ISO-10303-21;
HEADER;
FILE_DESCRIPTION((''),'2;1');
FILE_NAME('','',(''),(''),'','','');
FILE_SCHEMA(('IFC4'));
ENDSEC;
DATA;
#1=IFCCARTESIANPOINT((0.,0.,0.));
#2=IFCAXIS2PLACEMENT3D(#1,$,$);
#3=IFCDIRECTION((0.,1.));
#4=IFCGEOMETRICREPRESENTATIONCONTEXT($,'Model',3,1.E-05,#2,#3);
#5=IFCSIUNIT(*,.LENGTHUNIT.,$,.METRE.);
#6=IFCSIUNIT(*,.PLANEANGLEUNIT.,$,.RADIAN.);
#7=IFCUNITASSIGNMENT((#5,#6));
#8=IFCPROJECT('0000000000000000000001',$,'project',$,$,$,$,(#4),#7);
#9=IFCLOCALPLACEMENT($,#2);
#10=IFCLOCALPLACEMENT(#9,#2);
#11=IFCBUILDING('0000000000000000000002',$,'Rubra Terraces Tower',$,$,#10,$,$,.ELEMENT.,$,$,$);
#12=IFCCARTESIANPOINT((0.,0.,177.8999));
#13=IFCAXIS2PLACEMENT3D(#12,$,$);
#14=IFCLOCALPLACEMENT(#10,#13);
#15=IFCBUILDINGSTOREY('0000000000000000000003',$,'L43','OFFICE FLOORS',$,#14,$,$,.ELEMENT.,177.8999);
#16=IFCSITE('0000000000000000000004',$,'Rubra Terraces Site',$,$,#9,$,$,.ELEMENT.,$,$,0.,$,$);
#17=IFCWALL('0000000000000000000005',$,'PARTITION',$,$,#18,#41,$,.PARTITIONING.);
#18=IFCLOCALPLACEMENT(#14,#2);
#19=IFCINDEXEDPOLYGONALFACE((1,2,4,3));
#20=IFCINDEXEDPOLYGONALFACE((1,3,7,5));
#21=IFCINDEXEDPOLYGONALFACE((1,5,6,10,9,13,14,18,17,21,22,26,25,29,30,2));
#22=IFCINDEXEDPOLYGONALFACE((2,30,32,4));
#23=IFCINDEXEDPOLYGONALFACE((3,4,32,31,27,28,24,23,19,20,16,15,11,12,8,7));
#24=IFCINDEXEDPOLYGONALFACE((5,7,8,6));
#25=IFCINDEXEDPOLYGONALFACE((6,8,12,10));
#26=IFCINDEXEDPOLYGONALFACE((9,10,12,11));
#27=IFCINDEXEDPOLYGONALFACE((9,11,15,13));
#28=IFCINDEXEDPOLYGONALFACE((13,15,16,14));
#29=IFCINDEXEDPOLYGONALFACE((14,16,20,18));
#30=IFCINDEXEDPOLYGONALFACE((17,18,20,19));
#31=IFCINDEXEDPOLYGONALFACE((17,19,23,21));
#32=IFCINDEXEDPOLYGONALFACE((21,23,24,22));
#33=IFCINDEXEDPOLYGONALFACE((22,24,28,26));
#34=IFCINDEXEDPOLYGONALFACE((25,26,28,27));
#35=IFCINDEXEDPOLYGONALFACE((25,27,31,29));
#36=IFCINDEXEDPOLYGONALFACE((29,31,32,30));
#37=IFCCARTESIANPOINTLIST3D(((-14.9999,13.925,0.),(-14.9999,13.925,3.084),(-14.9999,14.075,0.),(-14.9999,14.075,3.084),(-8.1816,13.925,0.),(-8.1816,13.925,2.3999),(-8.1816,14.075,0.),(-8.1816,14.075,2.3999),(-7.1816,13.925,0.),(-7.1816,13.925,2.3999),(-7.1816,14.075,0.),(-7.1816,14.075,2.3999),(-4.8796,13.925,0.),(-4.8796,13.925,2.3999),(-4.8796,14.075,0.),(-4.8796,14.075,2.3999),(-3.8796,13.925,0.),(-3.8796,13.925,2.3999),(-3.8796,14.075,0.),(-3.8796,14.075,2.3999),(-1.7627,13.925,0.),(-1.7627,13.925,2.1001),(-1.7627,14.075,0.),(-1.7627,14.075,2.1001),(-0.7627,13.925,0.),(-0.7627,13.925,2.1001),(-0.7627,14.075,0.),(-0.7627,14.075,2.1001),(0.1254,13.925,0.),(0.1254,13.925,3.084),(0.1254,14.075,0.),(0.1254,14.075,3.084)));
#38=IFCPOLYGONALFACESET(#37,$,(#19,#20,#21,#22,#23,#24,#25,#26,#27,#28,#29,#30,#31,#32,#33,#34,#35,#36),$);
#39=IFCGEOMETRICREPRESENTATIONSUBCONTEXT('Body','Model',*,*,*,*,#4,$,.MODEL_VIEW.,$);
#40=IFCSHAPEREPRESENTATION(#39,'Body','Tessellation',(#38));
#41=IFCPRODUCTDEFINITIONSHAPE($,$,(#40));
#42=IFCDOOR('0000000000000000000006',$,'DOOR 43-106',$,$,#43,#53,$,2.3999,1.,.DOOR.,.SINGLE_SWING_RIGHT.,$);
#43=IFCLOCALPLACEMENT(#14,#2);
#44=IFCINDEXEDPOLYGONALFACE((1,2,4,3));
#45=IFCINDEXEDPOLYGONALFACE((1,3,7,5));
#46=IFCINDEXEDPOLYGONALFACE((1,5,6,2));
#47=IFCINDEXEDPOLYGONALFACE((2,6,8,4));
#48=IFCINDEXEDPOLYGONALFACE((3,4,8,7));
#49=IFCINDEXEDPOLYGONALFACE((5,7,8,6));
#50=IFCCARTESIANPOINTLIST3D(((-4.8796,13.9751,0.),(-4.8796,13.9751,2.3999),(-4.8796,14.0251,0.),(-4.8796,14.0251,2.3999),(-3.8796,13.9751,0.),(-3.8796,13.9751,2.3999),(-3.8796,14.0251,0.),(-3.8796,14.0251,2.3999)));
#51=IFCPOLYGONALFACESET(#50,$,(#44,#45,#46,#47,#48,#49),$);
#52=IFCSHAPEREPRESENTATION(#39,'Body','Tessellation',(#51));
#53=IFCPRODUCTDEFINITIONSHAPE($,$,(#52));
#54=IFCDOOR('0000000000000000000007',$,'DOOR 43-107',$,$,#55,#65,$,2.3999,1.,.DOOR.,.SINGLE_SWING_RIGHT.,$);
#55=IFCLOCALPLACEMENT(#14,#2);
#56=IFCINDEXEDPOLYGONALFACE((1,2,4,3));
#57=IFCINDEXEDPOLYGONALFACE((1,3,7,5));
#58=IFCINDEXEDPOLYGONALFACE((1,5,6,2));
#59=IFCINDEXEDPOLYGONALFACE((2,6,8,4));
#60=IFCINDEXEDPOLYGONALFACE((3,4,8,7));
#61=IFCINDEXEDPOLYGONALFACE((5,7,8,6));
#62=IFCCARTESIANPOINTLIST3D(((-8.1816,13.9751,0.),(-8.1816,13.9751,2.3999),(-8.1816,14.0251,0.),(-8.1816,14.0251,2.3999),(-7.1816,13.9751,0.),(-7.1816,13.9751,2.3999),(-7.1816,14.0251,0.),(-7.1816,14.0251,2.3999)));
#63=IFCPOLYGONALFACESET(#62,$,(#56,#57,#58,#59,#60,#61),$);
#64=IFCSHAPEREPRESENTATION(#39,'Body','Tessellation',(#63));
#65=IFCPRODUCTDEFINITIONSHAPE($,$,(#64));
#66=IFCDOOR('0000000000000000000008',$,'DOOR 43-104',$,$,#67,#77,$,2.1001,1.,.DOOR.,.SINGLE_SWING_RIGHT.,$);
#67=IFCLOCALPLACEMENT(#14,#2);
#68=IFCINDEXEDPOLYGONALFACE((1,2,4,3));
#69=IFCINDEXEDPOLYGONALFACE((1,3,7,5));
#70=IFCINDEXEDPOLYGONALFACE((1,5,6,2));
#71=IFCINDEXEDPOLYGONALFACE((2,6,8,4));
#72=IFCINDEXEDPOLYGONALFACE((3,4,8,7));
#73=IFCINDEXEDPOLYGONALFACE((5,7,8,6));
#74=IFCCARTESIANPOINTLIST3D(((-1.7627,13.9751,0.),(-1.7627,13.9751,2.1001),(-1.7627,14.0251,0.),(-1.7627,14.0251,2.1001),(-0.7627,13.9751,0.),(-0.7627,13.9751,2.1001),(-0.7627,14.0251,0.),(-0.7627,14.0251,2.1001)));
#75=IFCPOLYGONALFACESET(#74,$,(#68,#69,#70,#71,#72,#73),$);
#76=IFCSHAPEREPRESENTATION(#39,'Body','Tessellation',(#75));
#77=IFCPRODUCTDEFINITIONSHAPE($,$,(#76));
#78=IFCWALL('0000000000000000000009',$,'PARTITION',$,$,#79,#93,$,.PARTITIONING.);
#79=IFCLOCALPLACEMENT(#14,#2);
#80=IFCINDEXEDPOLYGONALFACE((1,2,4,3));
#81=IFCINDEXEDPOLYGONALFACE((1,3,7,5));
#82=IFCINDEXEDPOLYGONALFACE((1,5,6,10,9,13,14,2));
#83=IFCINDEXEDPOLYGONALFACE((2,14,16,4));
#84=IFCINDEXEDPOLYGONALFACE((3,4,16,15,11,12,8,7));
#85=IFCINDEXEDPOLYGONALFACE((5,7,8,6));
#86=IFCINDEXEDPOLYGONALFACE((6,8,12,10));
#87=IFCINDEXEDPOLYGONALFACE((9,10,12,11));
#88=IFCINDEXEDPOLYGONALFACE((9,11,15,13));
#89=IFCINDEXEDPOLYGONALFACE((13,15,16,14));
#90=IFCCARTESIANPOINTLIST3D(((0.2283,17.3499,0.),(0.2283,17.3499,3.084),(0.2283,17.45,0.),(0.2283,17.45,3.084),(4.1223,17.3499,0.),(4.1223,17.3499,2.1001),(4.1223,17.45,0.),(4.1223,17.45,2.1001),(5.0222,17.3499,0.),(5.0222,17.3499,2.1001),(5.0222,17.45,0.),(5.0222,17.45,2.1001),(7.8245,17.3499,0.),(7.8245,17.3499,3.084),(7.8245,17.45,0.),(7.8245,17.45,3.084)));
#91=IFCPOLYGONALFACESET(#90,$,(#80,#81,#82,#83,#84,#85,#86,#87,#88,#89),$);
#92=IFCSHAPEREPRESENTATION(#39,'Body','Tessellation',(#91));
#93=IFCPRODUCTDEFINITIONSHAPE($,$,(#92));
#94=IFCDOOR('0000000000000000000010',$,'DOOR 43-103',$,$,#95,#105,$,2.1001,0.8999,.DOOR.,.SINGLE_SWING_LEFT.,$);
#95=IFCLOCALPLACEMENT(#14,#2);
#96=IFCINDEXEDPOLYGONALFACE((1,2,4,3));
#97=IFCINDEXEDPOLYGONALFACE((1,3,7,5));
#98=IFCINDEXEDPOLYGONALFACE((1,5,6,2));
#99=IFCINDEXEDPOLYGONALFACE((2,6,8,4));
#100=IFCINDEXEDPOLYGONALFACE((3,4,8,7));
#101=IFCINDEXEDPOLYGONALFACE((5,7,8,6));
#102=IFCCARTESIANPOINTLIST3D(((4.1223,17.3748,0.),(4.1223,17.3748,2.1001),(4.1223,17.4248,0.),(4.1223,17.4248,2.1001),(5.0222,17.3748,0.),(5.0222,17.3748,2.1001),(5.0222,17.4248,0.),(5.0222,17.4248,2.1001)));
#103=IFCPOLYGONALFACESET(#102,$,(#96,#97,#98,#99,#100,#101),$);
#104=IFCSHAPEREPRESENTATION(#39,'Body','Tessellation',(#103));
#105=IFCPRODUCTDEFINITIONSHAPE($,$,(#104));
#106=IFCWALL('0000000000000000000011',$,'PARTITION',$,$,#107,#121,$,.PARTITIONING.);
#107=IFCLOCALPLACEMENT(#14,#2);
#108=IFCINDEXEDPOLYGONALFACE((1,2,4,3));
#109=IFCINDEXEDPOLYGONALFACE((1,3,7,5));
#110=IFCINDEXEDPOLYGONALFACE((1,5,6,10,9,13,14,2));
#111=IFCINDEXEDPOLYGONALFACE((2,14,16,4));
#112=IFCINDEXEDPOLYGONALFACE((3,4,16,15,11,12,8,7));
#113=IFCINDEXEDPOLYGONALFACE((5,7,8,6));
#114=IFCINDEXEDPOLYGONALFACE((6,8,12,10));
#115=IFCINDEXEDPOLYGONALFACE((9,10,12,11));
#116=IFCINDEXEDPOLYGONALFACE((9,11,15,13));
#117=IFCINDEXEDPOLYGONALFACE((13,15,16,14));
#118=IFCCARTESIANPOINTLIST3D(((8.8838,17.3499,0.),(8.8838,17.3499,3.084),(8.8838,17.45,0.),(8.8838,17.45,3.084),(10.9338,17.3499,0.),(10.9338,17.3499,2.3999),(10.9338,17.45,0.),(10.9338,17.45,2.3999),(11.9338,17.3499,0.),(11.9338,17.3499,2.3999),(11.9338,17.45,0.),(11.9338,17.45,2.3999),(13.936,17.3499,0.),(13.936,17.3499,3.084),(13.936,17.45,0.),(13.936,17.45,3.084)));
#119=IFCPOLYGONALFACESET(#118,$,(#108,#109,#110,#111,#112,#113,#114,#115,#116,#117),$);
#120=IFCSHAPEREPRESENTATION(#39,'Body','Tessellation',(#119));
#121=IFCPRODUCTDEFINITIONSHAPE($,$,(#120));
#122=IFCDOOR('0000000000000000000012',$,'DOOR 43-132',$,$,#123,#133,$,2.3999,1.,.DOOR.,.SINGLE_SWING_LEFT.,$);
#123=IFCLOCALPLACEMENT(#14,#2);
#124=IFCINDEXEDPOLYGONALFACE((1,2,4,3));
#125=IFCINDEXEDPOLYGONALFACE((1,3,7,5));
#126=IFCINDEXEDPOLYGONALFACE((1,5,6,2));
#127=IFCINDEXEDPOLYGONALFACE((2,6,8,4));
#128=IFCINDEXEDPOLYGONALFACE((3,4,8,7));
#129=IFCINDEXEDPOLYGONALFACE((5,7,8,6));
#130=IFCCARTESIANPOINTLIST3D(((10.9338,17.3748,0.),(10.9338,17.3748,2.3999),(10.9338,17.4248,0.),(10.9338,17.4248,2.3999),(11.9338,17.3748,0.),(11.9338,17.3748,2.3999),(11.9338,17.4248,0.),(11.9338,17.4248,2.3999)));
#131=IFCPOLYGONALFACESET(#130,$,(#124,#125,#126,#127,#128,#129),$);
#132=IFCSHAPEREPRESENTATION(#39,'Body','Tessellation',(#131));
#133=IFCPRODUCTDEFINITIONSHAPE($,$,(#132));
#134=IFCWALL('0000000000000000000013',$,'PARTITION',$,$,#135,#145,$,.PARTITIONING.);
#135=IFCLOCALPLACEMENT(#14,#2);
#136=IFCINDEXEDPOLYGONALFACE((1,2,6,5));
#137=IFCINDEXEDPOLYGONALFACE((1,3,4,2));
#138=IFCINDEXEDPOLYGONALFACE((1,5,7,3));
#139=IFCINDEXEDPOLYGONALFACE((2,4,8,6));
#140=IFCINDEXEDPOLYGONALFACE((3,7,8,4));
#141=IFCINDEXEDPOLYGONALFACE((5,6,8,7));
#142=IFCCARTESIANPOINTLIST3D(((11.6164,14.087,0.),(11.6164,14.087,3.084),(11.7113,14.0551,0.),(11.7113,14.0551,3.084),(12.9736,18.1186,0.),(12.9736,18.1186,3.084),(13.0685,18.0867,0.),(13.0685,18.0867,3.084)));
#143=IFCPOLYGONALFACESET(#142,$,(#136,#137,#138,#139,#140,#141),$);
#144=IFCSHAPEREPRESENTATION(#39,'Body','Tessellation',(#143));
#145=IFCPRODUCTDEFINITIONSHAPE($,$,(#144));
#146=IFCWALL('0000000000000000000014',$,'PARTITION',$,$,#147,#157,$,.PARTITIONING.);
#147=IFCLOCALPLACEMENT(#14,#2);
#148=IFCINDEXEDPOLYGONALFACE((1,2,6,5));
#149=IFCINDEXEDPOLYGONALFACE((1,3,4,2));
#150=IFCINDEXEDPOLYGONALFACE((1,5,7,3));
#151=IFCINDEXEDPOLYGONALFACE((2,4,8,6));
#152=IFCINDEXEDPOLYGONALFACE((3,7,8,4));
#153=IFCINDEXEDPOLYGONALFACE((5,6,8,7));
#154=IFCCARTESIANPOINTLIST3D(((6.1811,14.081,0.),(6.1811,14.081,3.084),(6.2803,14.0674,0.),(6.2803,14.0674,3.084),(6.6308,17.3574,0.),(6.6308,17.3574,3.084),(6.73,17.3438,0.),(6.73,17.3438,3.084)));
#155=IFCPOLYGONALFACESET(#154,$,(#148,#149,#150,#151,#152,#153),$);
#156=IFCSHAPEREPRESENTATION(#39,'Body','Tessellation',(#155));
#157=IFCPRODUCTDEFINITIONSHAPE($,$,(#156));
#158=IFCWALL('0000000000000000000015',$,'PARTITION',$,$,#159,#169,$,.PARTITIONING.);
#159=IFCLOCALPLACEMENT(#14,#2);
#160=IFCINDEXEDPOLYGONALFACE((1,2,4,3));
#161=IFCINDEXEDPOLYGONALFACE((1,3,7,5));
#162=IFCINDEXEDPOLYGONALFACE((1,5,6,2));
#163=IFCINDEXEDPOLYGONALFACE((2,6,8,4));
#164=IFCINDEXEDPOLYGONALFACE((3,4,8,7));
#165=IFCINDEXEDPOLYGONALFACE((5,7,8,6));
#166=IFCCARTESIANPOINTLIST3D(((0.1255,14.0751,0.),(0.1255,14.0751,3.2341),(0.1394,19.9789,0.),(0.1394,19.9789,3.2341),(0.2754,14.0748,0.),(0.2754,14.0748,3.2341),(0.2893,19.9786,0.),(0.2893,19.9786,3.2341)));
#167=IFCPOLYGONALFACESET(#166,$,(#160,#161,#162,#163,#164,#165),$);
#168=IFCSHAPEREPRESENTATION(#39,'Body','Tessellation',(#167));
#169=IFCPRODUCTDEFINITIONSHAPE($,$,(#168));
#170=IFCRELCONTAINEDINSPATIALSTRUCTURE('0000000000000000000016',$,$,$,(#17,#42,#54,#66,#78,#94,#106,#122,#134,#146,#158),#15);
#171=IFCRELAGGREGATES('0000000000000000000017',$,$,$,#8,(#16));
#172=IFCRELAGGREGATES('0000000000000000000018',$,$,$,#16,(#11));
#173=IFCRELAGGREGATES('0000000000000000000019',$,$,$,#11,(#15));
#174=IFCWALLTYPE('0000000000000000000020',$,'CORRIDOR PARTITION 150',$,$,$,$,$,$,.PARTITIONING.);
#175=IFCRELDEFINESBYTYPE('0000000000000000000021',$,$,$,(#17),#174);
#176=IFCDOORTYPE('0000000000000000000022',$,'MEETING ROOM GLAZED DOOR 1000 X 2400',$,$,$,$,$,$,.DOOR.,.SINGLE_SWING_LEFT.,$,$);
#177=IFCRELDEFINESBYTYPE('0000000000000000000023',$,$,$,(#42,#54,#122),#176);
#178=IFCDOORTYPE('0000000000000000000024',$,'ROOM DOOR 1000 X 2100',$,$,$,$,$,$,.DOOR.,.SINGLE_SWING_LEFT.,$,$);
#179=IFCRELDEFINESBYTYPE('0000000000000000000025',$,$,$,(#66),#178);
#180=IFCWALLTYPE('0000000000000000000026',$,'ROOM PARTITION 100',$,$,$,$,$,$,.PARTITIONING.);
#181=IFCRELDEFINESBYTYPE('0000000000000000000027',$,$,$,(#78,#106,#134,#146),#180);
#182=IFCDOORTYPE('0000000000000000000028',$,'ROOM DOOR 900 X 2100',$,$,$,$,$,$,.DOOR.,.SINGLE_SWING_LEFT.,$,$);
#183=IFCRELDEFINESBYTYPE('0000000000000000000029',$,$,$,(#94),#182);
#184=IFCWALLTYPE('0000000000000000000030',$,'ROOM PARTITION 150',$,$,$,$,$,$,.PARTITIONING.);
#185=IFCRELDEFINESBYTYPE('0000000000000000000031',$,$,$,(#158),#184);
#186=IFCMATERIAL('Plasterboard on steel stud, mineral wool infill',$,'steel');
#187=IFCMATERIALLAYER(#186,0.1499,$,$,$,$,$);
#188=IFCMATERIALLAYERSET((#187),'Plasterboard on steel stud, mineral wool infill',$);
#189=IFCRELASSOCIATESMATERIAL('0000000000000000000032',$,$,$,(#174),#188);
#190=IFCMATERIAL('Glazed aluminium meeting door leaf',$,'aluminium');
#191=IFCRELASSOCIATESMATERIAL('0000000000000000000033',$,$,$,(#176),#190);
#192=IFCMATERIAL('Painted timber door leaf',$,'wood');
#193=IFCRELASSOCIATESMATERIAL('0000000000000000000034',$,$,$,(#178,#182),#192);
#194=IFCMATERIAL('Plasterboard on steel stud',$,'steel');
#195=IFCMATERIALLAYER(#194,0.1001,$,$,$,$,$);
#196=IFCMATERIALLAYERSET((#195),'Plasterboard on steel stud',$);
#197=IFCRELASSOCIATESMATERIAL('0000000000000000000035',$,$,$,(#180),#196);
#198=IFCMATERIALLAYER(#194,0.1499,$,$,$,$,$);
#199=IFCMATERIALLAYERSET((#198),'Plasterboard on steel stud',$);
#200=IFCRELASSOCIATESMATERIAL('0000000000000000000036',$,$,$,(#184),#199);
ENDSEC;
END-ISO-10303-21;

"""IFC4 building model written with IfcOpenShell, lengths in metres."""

from ifc_helpers import new_model, si_unit, direction, frame, frame_2d, origin, place, context, subcontext, project, spatial, rectangle, extrude, material, layer, layer_set, type_object, element, fill, save


model = new_model("IFC4")

# Units and contexts
model_context = context("Model", 3, precision=1e-05, world=origin(), true_north=direction((0.0, 1.0)))
body_context = subcontext(model_context, "Body", "Model", "MODEL_VIEW")
ifc_project = project(units=[si_unit("LENGTHUNIT", "METRE"), si_unit("PLANEANGLEUNIT", "RADIAN")], contexts=[model_context])

# Site, building, storey
site_placement = place(None, origin())
site = spatial("IfcSite", under=ifc_project, at=site_placement, Name="Rubra Terraces Site", CompositionType="ELEMENT", RefElevation=0.0)
building_placement = place(site_placement, origin())
building = spatial("IfcBuilding", under=site, at=building_placement, Name="Rubra Terraces Tower", CompositionType="ELEMENT")
storey_placement = place(building_placement, frame((0.0, 0.0, 177.8999)))
storey = spatial("IfcBuildingStorey", under=building, at=storey_placement, Name="L43", Description="OFFICE FLOORS", CompositionType="ELEMENT", Elevation=177.8999)

# Wall, openings, doors
ifc_material_1 = material(Name="Plasterboard on steel stud, mineral wool infill", Category="steel")
ifc_layer_1 = layer(ifc_material_1, 0.1499)
ifc_layer_set_1 = layer_set([ifc_layer_1], Name="Plasterboard on steel stud, mineral wool infill")
wall_type_1 = type_object("IfcWallType", Name="CORRIDOR PARTITION 150", PredefinedType="PARTITIONING", material=ifc_layer_set_1)
wall_1_placement = place(storey_placement, frame((0.1252, 14.0, 0.0), z_axis=(0.0, 0.0, 1.0), x_axis=(-1.0, 0.0, 0.0)))
wall_1 = element("IfcWall", 1, at=wall_1_placement, inside=storey, type_object=wall_type_1, Name="PARTITION", PredefinedType="PARTITIONING", context=body_context, shape_type="SweptSolid", body=[
    extrude(rectangle(XDim=15.1252, YDim=0.1499, at=frame_2d((7.5625, 0.0))), origin(), (0.0, 0.0, 1.0), 3.084),
])
opening_1_placement = place(wall_1_placement, frame((0.8879, 0.0, 0.0)))
opening_1 = element("IfcOpeningElement", 2, at=opening_1_placement, cuts=wall_1, PredefinedType="OPENING", context=body_context, shape_type="SweptSolid", body=[
    extrude(rectangle(XDim=1.0, YDim=2.1001, at=frame_2d((0.5, 1.05))), frame((0.0, 0.085, 0.0), z_axis=(0.0, -1.0, 0.0), x_axis=(1.0, 0.0, 0.0)), (0.0, 0.0, 1.0), 0.1699),
])
opening_2_placement = place(wall_1_placement, frame((4.0049, 0.0, 0.0)))
opening_2 = element("IfcOpeningElement", 3, at=opening_2_placement, cuts=wall_1, PredefinedType="OPENING", context=body_context, shape_type="SweptSolid", body=[
    extrude(rectangle(XDim=1.0, YDim=2.3999, at=frame_2d((0.5, 1.2))), frame((0.0, 0.085, 0.0), z_axis=(0.0, -1.0, 0.0), x_axis=(1.0, 0.0, 0.0)), (0.0, 0.0, 1.0), 0.1699),
])
opening_3_placement = place(wall_1_placement, frame((7.3069, 0.0, 0.0)))
opening_3 = element("IfcOpeningElement", 4, at=opening_3_placement, cuts=wall_1, PredefinedType="OPENING", context=body_context, shape_type="SweptSolid", body=[
    extrude(rectangle(XDim=1.0, YDim=2.3999, at=frame_2d((0.5, 1.2))), frame((0.0, 0.085, 0.0), z_axis=(0.0, -1.0, 0.0), x_axis=(1.0, 0.0, 0.0)), (0.0, 0.0, 1.0), 0.1699),
])
ifc_material_2 = material(Name="Glazed aluminium meeting door leaf", Category="aluminium")
door_type_1 = type_object("IfcDoorType", Name="MEETING ROOM GLAZED DOOR 1000 X 2400", OperationType="SINGLE_SWING_LEFT", PredefinedType="DOOR", material=ifc_material_2)
door_1_placement = place(opening_2_placement, origin())
door_1 = element("IfcDoor", 5, at=door_1_placement, inside=storey, type_object=door_type_1, Name="DOOR 43-106", OperationType="SINGLE_SWING_RIGHT", OverallHeight=2.3999, OverallWidth=1.0, PredefinedType="DOOR", context=body_context, shape_type="SweptSolid", body=[
    extrude(rectangle(XDim=1.0, YDim=2.3999, at=frame_2d((0.5, 1.2))), frame((0.0, 0.0249, 0.0), z_axis=(0.0, -1.0, 0.0), x_axis=(1.0, 0.0, 0.0)), (0.0, 0.0, 1.0), 0.05),
])
fill(opening_2, door_1)
door_2_placement = place(opening_3_placement, origin())
door_2 = element("IfcDoor", 6, at=door_2_placement, inside=storey, type_object=door_type_1, Name="DOOR 43-107", OperationType="SINGLE_SWING_RIGHT", OverallHeight=2.3999, OverallWidth=1.0, PredefinedType="DOOR", context=body_context, shape_type="SweptSolid", body=[
    extrude(rectangle(XDim=1.0, YDim=2.3999, at=frame_2d((0.5, 1.2))), frame((0.0, 0.0249, 0.0), z_axis=(0.0, -1.0, 0.0), x_axis=(1.0, 0.0, 0.0)), (0.0, 0.0, 1.0), 0.05),
])
fill(opening_3, door_2)
ifc_material_3 = material(Name="Painted timber door leaf", Category="wood")
door_type_2 = type_object("IfcDoorType", Name="ROOM DOOR 1000 X 2100", OperationType="SINGLE_SWING_LEFT", PredefinedType="DOOR", material=ifc_material_3)
door_3_placement = place(opening_1_placement, origin())
door_3 = element("IfcDoor", 7, at=door_3_placement, inside=storey, type_object=door_type_2, Name="DOOR 43-104", OperationType="SINGLE_SWING_RIGHT", OverallHeight=2.1001, OverallWidth=1.0, PredefinedType="DOOR", context=body_context, shape_type="SweptSolid", body=[
    extrude(rectangle(XDim=1.0, YDim=2.1001, at=frame_2d((0.5, 1.05))), frame((0.0, 0.0249, 0.0), z_axis=(0.0, -1.0, 0.0), x_axis=(1.0, 0.0, 0.0)), (0.0, 0.0, 1.0), 0.05),
])
fill(opening_1, door_3)

# Walls, openings, doors
ifc_material_4 = material(Name="Plasterboard on steel stud", Category="steel")
ifc_layer_2 = layer(ifc_material_4, 0.1001)
ifc_layer_set_2 = layer_set([ifc_layer_2], Name="Plasterboard on steel stud")
wall_type_2 = type_object("IfcWallType", Name="ROOM PARTITION 100", PredefinedType="PARTITIONING", material=ifc_layer_set_2)
wall_2_placement = place(storey_placement, frame((0.2283, 17.3999, 0.0), z_axis=(0.0, 0.0, 1.0), x_axis=(1.0, 0.0, 0.0)))
wall_2 = element("IfcWall", 8, at=wall_2_placement, inside=storey, type_object=wall_type_2, Name="PARTITION", PredefinedType="PARTITIONING", context=body_context, shape_type="SweptSolid", body=[
    extrude(rectangle(XDim=7.5962, YDim=0.1001, at=frame_2d((3.7981, 0.0))), origin(), (0.0, 0.0, 1.0), 3.084),
])
opening_4_placement = place(wall_2_placement, frame((3.894, 0.0, 0.0)))
opening_4 = element("IfcOpeningElement", 9, at=opening_4_placement, cuts=wall_2, PredefinedType="OPENING", context=body_context, shape_type="SweptSolid", body=[
    extrude(rectangle(XDim=0.8999, YDim=2.1001, at=frame_2d((0.45, 1.05))), frame((0.0, 0.0601, 0.0), z_axis=(0.0, -1.0, 0.0), x_axis=(1.0, 0.0, 0.0)), (0.0, 0.0, 1.0), 0.1201),
])
door_type_3 = type_object("IfcDoorType", Name="ROOM DOOR 900 X 2100", OperationType="SINGLE_SWING_LEFT", PredefinedType="DOOR", material=ifc_material_3)
door_4_placement = place(opening_4_placement, origin())
door_4 = element("IfcDoor", 10, at=door_4_placement, inside=storey, type_object=door_type_3, Name="DOOR 43-103", OperationType="SINGLE_SWING_LEFT", OverallHeight=2.1001, OverallWidth=0.8999, PredefinedType="DOOR", context=body_context, shape_type="SweptSolid", body=[
    extrude(rectangle(XDim=0.8999, YDim=2.1001, at=frame_2d((0.45, 1.05))), frame((0.0, 0.0249, 0.0), z_axis=(0.0, -1.0, 0.0), x_axis=(1.0, 0.0, 0.0)), (0.0, 0.0, 1.0), 0.05),
])
fill(opening_4, door_4)
wall_3_placement = place(storey_placement, frame((8.8838, 17.3999, 0.0), z_axis=(0.0, 0.0, 1.0), x_axis=(1.0, 0.0, 0.0)))
wall_3 = element("IfcWall", 11, at=wall_3_placement, inside=storey, type_object=wall_type_2, Name="PARTITION", PredefinedType="PARTITIONING", context=body_context, shape_type="SweptSolid", body=[
    extrude(rectangle(XDim=5.0522, YDim=0.1001, at=frame_2d((2.5261, 0.0))), origin(), (0.0, 0.0, 1.0), 3.084),
])
opening_5_placement = place(wall_3_placement, frame((2.05, 0.0, 0.0)))
opening_5 = element("IfcOpeningElement", 12, at=opening_5_placement, cuts=wall_3, PredefinedType="OPENING", context=body_context, shape_type="SweptSolid", body=[
    extrude(rectangle(XDim=1.0, YDim=2.3999, at=frame_2d((0.5, 1.2))), frame((0.0, 0.0601, 0.0), z_axis=(0.0, -1.0, 0.0), x_axis=(1.0, 0.0, 0.0)), (0.0, 0.0, 1.0), 0.1201),
])
door_5_placement = place(opening_5_placement, origin())
door_5 = element("IfcDoor", 13, at=door_5_placement, inside=storey, type_object=door_type_1, Name="DOOR 43-132", OperationType="SINGLE_SWING_LEFT", OverallHeight=2.3999, OverallWidth=1.0, PredefinedType="DOOR", context=body_context, shape_type="SweptSolid", body=[
    extrude(rectangle(XDim=1.0, YDim=2.3999, at=frame_2d((0.5, 1.2))), frame((0.0, 0.0249, 0.0), z_axis=(0.0, -1.0, 0.0), x_axis=(1.0, 0.0, 0.0)), (0.0, 0.0, 1.0), 0.05),
])
fill(opening_5, door_5)

# Walls
wall_4_placement = place(storey_placement, frame((11.6638, 14.071, 0.0), z_axis=(0.0, 0.0, 1.0), x_axis=(0.31905, 0.947738, 0.0)))
element("IfcWall", 14, at=wall_4_placement, inside=storey, type_object=wall_type_2, Name="PARTITION", PredefinedType="PARTITIONING", context=body_context, shape_type="SweptSolid", body=[
    extrude(rectangle(XDim=4.2539, YDim=0.1001, at=frame_2d((2.127, 0.0))), origin(), (0.0, 0.0, 1.0), 3.084),
])
wall_5_placement = place(storey_placement, frame((6.2307, 14.0742, 0.0), z_axis=(0.0, 0.0, 1.0), x_axis=(0.135983, 0.990711, 0.0)))
element("IfcWall", 15, at=wall_5_placement, inside=storey, type_object=wall_type_2, Name="PARTITION", PredefinedType="PARTITIONING", context=body_context, shape_type="SweptSolid", body=[
    extrude(rectangle(XDim=3.3071, YDim=0.1001, at=frame_2d((1.6536, 0.0))), origin(), (0.0, 0.0, 1.0), 3.084),
])
ifc_layer_3 = layer(ifc_material_4, 0.1499)
ifc_layer_set_3 = layer_set([ifc_layer_3], Name="Plasterboard on steel stud")
wall_type_3 = type_object("IfcWallType", Name="ROOM PARTITION 150", PredefinedType="PARTITIONING", material=ifc_layer_set_3)
wall_6_placement = place(storey_placement, frame((0.2144, 19.9788, 0.0), z_axis=(0.0, 0.0, 1.0), x_axis=(-0.002357, -0.999997, 0.0)))
element("IfcWall", 16, at=wall_6_placement, inside=storey, type_object=wall_type_3, Name="PARTITION", PredefinedType="PARTITIONING", context=body_context, shape_type="SweptSolid", body=[
    extrude(rectangle(XDim=5.9038, YDim=0.1499, at=frame_2d((2.9519, 0.0))), origin(), (0.0, 0.0, 1.0), 3.2341),
])

save(model, "model.ifc")
